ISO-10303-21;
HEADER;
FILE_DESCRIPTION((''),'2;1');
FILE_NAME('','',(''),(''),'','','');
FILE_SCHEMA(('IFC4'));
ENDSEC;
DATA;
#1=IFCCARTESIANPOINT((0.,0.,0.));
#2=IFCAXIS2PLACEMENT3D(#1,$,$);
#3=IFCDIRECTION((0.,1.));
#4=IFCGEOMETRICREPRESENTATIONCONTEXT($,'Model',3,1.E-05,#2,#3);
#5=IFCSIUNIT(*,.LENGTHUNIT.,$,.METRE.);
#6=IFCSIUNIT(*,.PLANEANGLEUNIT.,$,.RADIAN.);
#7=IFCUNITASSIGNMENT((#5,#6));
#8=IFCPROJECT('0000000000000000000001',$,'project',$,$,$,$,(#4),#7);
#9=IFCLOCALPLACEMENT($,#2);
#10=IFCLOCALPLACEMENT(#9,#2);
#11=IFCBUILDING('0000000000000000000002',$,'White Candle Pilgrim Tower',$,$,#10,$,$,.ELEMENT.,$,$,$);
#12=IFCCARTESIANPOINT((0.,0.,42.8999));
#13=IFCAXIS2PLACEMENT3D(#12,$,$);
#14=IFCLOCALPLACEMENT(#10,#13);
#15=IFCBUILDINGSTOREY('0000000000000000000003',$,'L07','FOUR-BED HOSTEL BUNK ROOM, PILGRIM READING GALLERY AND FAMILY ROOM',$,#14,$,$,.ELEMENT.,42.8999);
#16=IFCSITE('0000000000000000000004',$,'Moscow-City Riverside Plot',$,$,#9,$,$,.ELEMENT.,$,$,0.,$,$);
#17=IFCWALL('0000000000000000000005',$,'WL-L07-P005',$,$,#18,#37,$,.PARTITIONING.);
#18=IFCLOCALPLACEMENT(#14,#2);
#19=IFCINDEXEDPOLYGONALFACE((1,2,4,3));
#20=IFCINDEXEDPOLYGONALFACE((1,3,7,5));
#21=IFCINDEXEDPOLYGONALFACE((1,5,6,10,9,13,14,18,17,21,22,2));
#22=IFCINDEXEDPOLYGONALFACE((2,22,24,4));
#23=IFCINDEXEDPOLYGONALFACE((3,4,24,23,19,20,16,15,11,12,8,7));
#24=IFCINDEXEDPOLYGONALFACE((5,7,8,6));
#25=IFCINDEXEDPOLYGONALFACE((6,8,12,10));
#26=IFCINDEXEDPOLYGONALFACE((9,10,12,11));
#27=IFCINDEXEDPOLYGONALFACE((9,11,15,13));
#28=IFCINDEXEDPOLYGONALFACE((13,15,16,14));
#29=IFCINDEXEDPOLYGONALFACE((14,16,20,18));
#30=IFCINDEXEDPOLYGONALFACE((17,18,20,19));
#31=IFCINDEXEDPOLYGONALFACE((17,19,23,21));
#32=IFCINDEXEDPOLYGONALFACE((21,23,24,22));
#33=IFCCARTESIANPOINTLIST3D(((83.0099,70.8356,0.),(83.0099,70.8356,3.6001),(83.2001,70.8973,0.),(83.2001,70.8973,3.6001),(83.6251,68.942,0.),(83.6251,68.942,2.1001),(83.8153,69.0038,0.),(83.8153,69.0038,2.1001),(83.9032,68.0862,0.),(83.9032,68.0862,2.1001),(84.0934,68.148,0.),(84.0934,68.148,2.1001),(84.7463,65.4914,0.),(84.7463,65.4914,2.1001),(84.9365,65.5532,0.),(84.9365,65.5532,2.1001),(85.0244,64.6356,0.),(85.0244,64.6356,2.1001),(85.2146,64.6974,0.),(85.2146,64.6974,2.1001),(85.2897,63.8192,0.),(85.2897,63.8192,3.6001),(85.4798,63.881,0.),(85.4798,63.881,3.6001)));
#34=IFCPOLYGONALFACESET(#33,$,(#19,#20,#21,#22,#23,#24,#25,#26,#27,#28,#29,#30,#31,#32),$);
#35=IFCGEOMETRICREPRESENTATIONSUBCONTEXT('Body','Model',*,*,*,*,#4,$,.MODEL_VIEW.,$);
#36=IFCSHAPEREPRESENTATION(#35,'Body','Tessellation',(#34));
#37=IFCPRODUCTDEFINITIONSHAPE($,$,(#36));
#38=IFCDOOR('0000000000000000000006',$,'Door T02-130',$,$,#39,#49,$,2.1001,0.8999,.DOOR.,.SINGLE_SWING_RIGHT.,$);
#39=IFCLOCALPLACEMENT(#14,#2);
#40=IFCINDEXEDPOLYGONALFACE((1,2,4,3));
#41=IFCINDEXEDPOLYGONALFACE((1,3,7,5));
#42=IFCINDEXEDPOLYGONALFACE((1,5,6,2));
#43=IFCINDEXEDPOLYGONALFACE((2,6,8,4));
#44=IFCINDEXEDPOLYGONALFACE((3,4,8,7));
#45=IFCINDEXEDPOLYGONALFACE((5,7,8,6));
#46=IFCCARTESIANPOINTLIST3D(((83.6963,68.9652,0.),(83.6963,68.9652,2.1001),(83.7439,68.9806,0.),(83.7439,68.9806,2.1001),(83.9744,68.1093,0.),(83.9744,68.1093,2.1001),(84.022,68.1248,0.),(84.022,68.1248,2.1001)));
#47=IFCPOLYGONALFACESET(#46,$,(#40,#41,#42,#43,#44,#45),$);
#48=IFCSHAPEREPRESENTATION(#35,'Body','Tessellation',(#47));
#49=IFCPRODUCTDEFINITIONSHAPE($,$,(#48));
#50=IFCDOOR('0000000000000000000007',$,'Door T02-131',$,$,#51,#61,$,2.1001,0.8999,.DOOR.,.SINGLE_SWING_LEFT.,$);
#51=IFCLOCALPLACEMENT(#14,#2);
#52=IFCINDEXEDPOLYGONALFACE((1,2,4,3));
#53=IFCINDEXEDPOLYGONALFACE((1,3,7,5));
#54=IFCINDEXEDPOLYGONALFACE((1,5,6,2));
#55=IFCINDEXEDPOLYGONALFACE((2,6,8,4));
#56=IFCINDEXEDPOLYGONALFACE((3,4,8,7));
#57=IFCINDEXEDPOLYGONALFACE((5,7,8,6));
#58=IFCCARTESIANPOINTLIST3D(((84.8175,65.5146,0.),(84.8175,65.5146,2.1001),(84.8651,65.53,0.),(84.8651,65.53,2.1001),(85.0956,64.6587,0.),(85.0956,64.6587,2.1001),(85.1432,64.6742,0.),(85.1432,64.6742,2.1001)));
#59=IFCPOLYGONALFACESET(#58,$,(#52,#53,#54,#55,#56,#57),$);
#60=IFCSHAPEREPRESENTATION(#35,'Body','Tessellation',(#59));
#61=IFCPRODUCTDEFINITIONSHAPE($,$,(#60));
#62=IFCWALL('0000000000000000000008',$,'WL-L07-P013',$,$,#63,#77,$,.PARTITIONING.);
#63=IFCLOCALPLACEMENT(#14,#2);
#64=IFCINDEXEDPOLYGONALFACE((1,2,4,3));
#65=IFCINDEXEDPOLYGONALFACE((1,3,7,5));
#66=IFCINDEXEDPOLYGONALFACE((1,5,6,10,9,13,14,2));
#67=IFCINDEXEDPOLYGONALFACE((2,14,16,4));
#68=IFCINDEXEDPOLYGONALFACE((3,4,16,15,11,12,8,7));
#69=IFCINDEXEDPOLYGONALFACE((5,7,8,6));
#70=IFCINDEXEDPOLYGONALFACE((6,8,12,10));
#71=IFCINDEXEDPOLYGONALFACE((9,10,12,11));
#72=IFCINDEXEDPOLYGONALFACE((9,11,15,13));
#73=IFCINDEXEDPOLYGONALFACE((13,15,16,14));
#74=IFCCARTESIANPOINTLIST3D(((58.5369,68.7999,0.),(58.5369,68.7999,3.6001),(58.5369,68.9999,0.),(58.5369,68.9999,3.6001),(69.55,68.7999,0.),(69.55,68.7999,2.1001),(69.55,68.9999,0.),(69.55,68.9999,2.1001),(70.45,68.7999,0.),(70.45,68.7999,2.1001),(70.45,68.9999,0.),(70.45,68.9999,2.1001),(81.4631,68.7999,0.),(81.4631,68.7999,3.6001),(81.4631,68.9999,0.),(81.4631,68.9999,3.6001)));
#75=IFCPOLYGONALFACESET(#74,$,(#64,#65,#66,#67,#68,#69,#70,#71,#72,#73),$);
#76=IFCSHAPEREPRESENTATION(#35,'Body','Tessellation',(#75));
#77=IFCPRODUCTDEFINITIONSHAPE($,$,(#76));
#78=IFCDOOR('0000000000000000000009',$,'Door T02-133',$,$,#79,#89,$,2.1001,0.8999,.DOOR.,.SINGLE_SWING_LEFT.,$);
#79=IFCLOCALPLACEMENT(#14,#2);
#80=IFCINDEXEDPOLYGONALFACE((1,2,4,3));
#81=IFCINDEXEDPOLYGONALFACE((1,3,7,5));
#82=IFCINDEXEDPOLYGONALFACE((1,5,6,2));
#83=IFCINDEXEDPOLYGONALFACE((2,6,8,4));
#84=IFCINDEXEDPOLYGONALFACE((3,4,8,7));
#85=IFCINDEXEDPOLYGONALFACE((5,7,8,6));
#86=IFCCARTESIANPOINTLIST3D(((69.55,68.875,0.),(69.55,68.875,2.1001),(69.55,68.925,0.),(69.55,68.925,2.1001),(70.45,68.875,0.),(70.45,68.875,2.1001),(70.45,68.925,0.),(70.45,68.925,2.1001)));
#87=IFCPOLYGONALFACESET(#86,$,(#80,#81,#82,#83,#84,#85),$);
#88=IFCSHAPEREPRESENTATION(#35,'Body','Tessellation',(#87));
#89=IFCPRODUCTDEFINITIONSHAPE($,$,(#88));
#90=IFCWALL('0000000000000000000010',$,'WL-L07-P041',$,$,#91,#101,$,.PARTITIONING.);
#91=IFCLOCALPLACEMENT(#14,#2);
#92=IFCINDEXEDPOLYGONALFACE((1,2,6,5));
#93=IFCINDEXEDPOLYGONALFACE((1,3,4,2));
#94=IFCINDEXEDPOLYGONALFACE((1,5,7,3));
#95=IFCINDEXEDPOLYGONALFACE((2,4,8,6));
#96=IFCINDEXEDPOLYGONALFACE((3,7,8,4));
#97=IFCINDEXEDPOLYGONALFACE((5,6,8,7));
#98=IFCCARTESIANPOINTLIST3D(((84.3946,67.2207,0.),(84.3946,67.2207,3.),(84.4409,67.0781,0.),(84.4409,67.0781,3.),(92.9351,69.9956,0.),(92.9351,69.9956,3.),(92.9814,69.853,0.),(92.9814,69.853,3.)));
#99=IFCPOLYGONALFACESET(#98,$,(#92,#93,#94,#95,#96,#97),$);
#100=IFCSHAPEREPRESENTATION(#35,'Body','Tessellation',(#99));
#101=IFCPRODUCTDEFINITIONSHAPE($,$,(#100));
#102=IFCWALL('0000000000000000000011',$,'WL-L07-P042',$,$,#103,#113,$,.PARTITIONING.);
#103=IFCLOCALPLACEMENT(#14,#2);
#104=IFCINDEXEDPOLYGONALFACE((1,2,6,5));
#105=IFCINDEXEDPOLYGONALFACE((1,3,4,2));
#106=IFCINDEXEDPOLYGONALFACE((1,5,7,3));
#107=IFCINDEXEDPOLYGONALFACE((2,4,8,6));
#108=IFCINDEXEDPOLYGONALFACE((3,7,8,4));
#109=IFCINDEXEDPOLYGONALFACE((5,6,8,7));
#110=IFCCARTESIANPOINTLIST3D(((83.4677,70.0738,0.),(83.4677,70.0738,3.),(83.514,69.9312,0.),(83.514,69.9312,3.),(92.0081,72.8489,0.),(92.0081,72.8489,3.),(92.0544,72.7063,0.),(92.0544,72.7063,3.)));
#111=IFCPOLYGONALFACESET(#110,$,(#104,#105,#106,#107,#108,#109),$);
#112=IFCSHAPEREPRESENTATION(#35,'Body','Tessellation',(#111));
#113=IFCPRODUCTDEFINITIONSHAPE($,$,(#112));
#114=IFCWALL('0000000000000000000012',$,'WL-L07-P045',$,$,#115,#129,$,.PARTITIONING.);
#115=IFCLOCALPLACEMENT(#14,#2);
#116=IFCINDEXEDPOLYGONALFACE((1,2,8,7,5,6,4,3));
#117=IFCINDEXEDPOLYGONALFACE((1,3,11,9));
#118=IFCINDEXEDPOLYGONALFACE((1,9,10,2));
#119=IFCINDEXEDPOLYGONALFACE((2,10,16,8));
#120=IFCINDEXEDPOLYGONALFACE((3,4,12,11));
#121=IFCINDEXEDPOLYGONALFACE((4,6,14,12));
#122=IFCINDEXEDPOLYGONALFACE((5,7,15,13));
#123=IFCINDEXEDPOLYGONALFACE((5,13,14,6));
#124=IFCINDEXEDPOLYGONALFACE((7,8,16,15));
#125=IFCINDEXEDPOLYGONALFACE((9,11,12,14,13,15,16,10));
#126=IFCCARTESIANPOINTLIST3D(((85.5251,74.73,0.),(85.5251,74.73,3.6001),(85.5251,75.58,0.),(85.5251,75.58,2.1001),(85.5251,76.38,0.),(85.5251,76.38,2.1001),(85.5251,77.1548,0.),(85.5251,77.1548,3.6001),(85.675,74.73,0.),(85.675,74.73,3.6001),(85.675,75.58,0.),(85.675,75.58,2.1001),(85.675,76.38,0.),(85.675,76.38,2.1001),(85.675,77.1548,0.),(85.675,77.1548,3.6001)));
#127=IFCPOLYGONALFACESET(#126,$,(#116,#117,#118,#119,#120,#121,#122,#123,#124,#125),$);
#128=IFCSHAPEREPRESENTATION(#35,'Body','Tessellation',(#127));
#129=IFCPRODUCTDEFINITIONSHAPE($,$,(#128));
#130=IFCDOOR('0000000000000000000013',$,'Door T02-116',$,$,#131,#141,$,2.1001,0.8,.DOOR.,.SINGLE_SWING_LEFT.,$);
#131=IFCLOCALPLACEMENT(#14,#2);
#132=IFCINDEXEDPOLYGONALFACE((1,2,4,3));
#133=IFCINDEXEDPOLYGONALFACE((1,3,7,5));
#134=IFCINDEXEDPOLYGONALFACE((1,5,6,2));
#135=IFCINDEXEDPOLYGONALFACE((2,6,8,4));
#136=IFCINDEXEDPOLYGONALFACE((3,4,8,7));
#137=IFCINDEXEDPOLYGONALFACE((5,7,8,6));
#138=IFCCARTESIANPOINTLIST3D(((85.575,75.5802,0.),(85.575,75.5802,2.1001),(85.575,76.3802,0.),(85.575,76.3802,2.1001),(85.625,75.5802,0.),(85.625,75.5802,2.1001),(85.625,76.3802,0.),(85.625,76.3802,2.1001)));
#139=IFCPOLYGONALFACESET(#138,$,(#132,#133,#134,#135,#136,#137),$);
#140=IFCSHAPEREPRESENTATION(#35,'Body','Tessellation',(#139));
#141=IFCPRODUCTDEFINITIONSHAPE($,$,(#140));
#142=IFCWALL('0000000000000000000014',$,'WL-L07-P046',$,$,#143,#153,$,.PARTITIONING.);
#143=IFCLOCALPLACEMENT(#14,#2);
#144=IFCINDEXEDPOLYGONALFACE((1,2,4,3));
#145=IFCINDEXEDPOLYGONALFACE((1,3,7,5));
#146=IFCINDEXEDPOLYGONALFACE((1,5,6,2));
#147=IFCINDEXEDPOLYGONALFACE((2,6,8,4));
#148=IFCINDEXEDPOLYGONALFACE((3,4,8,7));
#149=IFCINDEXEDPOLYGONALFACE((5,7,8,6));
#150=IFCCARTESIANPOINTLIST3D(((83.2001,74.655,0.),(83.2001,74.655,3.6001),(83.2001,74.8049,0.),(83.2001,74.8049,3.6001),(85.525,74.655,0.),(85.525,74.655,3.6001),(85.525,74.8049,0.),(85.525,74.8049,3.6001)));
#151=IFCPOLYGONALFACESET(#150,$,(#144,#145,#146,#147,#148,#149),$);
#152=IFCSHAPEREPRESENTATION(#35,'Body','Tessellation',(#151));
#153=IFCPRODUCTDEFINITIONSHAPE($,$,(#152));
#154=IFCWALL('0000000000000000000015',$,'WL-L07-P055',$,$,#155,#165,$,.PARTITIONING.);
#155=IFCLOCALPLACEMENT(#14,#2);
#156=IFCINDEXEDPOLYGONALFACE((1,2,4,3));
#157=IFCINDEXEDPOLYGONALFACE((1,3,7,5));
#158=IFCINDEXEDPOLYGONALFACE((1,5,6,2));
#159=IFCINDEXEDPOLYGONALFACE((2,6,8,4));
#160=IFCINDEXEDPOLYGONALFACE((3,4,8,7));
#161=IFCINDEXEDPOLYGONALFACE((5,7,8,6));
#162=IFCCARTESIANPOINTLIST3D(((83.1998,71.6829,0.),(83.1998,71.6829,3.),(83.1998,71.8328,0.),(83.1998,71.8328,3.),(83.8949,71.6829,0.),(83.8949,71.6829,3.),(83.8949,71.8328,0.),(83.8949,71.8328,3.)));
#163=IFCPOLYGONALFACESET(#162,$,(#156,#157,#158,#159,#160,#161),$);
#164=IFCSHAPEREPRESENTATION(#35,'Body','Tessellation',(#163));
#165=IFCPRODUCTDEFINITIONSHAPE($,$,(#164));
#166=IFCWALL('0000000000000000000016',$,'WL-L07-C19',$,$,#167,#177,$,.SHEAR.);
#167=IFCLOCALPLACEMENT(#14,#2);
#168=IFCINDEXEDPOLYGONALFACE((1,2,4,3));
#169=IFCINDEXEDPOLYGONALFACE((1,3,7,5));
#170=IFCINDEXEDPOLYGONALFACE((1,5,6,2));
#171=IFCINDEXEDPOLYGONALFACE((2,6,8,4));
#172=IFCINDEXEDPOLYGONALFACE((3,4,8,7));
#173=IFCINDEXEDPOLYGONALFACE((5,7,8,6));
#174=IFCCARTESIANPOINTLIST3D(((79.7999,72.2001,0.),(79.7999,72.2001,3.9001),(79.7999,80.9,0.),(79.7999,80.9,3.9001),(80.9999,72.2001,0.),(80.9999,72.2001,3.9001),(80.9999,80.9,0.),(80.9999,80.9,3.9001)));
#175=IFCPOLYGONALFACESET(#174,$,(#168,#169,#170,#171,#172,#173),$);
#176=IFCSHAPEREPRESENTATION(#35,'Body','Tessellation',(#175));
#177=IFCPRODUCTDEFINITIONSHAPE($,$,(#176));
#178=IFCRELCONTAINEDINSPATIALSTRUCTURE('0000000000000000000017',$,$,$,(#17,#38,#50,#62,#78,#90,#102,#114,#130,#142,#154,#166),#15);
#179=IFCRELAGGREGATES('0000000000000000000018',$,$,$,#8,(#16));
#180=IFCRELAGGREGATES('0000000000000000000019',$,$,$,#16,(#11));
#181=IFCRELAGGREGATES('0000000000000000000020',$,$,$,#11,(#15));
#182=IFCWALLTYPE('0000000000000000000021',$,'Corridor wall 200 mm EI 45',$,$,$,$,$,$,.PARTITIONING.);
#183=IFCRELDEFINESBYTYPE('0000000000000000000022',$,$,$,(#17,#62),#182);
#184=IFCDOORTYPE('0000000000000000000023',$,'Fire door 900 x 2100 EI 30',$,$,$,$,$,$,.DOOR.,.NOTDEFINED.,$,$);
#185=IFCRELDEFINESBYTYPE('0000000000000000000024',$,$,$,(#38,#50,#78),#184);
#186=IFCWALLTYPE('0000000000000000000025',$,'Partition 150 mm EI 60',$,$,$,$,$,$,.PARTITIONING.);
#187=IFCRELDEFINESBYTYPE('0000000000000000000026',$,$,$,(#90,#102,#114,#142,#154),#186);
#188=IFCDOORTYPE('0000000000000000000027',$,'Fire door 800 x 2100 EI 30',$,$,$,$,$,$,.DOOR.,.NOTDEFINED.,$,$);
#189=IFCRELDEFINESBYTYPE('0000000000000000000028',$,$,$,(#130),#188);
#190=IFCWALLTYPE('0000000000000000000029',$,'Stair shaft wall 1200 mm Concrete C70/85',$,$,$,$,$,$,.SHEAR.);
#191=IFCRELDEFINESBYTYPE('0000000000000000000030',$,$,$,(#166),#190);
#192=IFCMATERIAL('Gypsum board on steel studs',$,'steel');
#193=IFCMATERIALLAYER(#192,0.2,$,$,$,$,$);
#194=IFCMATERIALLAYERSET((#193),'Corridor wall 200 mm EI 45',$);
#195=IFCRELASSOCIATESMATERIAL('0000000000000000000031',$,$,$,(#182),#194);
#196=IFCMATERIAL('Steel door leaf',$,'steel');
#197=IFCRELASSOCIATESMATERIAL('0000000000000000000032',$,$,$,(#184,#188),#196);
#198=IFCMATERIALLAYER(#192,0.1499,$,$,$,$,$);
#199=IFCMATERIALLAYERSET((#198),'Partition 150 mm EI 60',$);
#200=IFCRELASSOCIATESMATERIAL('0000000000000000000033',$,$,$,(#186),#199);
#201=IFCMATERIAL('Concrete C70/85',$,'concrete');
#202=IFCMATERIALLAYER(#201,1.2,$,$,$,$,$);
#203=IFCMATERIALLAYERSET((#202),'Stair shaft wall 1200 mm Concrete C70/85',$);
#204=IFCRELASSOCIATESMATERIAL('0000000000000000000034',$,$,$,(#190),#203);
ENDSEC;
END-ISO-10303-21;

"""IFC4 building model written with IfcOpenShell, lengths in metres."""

from ifc_helpers import new_model, si_unit, direction, frame, frame_2d, origin, place, context, subcontext, project, spatial, rectangle, extrude, material, layer, layer_set, type_object, element, fill, save


model = new_model("IFC4")

# Units and contexts
model_context = context("Model", 3, precision=1e-05, world=origin(), true_north=direction((0.0, 1.0)))
body_context = subcontext(model_context, "Body", "Model", "MODEL_VIEW")
ifc_project = project(units=[si_unit("LENGTHUNIT", "METRE"), si_unit("PLANEANGLEUNIT", "RADIAN")], contexts=[model_context])

# Site, building, storey
site_placement = place(None, origin())
site = spatial("IfcSite", under=ifc_project, at=site_placement, Name="Moscow-City Riverside Plot", CompositionType="ELEMENT", RefElevation=0.0)
building_placement = place(site_placement, origin())
building = spatial("IfcBuilding", under=site, at=building_placement, Name="White Candle Pilgrim Tower", CompositionType="ELEMENT")
storey_placement = place(building_placement, frame((0.0, 0.0, 42.8999)))
storey = spatial("IfcBuildingStorey", under=building, at=storey_placement, Name="L07", Description="FOUR-BED HOSTEL BUNK ROOM, PILGRIM READING GALLERY AND FAMILY ROOM", CompositionType="ELEMENT", Elevation=42.8999)

# Wall, openings, doors
ifc_material_1 = material(Name="Gypsum board on steel studs", Category="steel")
ifc_layer_1 = layer(ifc_material_1, 0.2)
ifc_layer_set_1 = layer_set([ifc_layer_1], Name="Corridor wall 200 mm EI 45")
wall_type_1 = type_object("IfcWallType", Name="Corridor wall 200 mm EI 45", PredefinedType="PARTITIONING", material=ifc_layer_set_1)
wall_1_placement = place(storey_placement, frame((83.105, 70.8665, 0.0), z_axis=(0.0, 0.0, 1.0), x_axis=(0.309021, -0.951055, 0.0)))
wall_1 = element("IfcWall", 1, at=wall_1_placement, inside=storey, type_object=wall_type_1, Name="WL-L07-P005", PredefinedType="PARTITIONING", context=body_context, shape_type="SweptSolid", body=[
    extrude(rectangle(XDim=7.3774, YDim=0.2, at=frame_2d((3.6887, 0.0))), origin(), (0.0, 0.0, 1.0), 3.6001),
])
opening_1_placement = place(wall_1_placement, frame((1.991, 0.0, 0.0)))
opening_1 = element("IfcOpeningElement", 2, at=opening_1_placement, cuts=wall_1, PredefinedType="OPENING", context=body_context, shape_type="SweptSolid", body=[
    extrude(rectangle(XDim=0.8999, YDim=2.1001, at=frame_2d((0.45, 1.05))), frame((0.0, 0.1099, 0.0), z_axis=(0.0, -1.0, 0.0), x_axis=(1.0, 0.0, 0.0)), (0.0, 0.0, 1.0), 0.22),
])
opening_2_placement = place(wall_1_placement, frame((5.6191, 0.0, 0.0)))
opening_2 = element("IfcOpeningElement", 3, at=opening_2_placement, cuts=wall_1, PredefinedType="OPENING", context=body_context, shape_type="SweptSolid", body=[
    extrude(rectangle(XDim=0.8999, YDim=2.1001, at=frame_2d((0.45, 1.05))), frame((0.0, 0.1099, 0.0), z_axis=(0.0, -1.0, 0.0), x_axis=(1.0, 0.0, 0.0)), (0.0, 0.0, 1.0), 0.22),
])
ifc_material_2 = material(Name="Steel door leaf", Category="steel")
door_type_1 = type_object("IfcDoorType", Name="Fire door 900 x 2100 EI 30", OperationType="NOTDEFINED", PredefinedType="DOOR", material=ifc_material_2)
door_1_placement = place(opening_1_placement, origin())
door_1 = element("IfcDoor", 4, at=door_1_placement, inside=storey, type_object=door_type_1, Name="Door T02-130", OperationType="SINGLE_SWING_RIGHT", OverallHeight=2.1001, OverallWidth=0.8999, PredefinedType="DOOR", context=body_context, shape_type="SweptSolid", body=[
    extrude(rectangle(XDim=0.8999, YDim=2.1001, at=frame_2d((0.45, 1.05))), frame((0.0, 0.0249, 0.0), z_axis=(0.0, -1.0, 0.0), x_axis=(1.0, 0.0, 0.0)), (0.0, 0.0, 1.0), 0.05),
])
fill(opening_1, door_1)
door_2_placement = place(opening_2_placement, origin())
door_2 = element("IfcDoor", 5, at=door_2_placement, inside=storey, type_object=door_type_1, Name="Door T02-131", OperationType="SINGLE_SWING_LEFT", OverallHeight=2.1001, OverallWidth=0.8999, PredefinedType="DOOR", context=body_context, shape_type="SweptSolid", body=[
    extrude(rectangle(XDim=0.8999, YDim=2.1001, at=frame_2d((0.45, 1.05))), frame((0.0, 0.0249, 0.0), z_axis=(0.0, -1.0, 0.0), x_axis=(1.0, 0.0, 0.0)), (0.0, 0.0, 1.0), 0.05),
])
fill(opening_2, door_2)

# Wall, opening, door
wall_2_placement = place(storey_placement, frame((81.4631, 68.8999, 0.0), z_axis=(0.0, 0.0, 1.0), x_axis=(-1.0, 0.0, 0.0)))
wall_2 = element("IfcWall", 6, at=wall_2_placement, inside=storey, type_object=wall_type_1, Name="WL-L07-P013", PredefinedType="PARTITIONING", context=body_context, shape_type="SweptSolid", body=[
    extrude(rectangle(XDim=22.9263, YDim=0.2, at=frame_2d((11.4631, 0.0))), origin(), (0.0, 0.0, 1.0), 3.6001),
])
opening_3_placement = place(wall_2_placement, frame((11.0132, 0.0, 0.0)))
opening_3 = element("IfcOpeningElement", 7, at=opening_3_placement, cuts=wall_2, PredefinedType="OPENING", context=body_context, shape_type="SweptSolid", body=[
    extrude(rectangle(XDim=0.8999, YDim=2.1001, at=frame_2d((0.45, 1.05))), frame((0.0, 0.1099, 0.0), z_axis=(0.0, -1.0, 0.0), x_axis=(1.0, 0.0, 0.0)), (0.0, 0.0, 1.0), 0.22),
])
door_3_placement = place(opening_3_placement, origin())
door_3 = element("IfcDoor", 8, at=door_3_placement, inside=storey, type_object=door_type_1, Name="Door T02-133", OperationType="SINGLE_SWING_LEFT", OverallHeight=2.1001, OverallWidth=0.8999, PredefinedType="DOOR", context=body_context, shape_type="SweptSolid", body=[
    extrude(rectangle(XDim=0.8999, YDim=2.1001, at=frame_2d((0.45, 1.05))), frame((0.0, 0.0249, 0.0), z_axis=(0.0, -1.0, 0.0), x_axis=(1.0, 0.0, 0.0)), (0.0, 0.0, 1.0), 0.05),
])
fill(opening_3, door_3)

# Walls
ifc_layer_2 = layer(ifc_material_1, 0.1499)
ifc_layer_set_2 = layer_set([ifc_layer_2], Name="Partition 150 mm EI 60")
wall_type_2 = type_object("IfcWallType", Name="Partition 150 mm EI 60", PredefinedType="PARTITIONING", material=ifc_layer_set_2)
for number, where, z_axis, x_axis, name in (
    (9, (92.9583, 69.9243, 0.0), (0.0, 0.0, 1.0), (-0.951059, -0.309009, 0.0), "WL-L07-P041"),
    (10, (92.0312, 72.7776, 0.0), (0.0, 0.0, 1.0), (-0.951051, -0.309033, 0.0), "WL-L07-P042"),
):
    element("IfcWall", number, at=place(storey_placement, frame(where, z_axis=z_axis, x_axis=x_axis)), inside=storey, type_object=wall_type_2, Name=name, PredefinedType="PARTITIONING", context=body_context, shape_type="SweptSolid", body=[
        extrude(rectangle(XDim=8.98, YDim=0.1499, at=frame_2d((4.49, 0.0))), origin(), (0.0, 0.0, 1.0), 3.0),
    ])

# Wall, opening, door
wall_3_placement = place(storey_placement, frame((85.6001, 74.73, 0.0), z_axis=(0.0, 0.0, 1.0), x_axis=(0.0, 1.0, 0.0)))
wall_3 = element("IfcWall", 11, at=wall_3_placement, inside=storey, type_object=wall_type_2, Name="WL-L07-P045", PredefinedType="PARTITIONING", context=body_context, shape_type="SweptSolid", body=[
    extrude(rectangle(XDim=2.4248, YDim=0.1499, at=frame_2d((1.2124, 0.0))), origin(), (0.0, 0.0, 1.0), 3.6001),
])
opening_4_placement = place(wall_3_placement, frame((0.8501, 0.0, 0.0)))
opening_4 = element("IfcOpeningElement", 12, at=opening_4_placement, cuts=wall_3, PredefinedType="OPENING", context=body_context, shape_type="SweptSolid", body=[
    extrude(rectangle(XDim=0.8, YDim=2.1001, at=frame_2d((0.3999, 1.05))), frame((0.0, 0.085, 0.0), z_axis=(0.0, -1.0, 0.0), x_axis=(1.0, 0.0, 0.0)), (0.0, 0.0, 1.0), 0.1699),
])
door_type_2 = type_object("IfcDoorType", Name="Fire door 800 x 2100 EI 30", OperationType="NOTDEFINED", PredefinedType="DOOR", material=ifc_material_2)
door_4_placement = place(opening_4_placement, frame((0.8, 0.0, 0.0), z_axis=(0.0, 0.0, 1.0), x_axis=(-1.0, 0.0, 0.0)))
door_4 = element("IfcDoor", 13, at=door_4_placement, inside=storey, type_object=door_type_2, Name="Door T02-116", OperationType="SINGLE_SWING_LEFT", OverallHeight=2.1001, OverallWidth=0.8, PredefinedType="DOOR", context=body_context, shape_type="SweptSolid", body=[
    extrude(rectangle(XDim=0.8, YDim=2.1001, at=frame_2d((0.3999, 1.05))), frame((0.0, 0.0249, 0.0), z_axis=(0.0, -1.0, 0.0), x_axis=(1.0, 0.0, 0.0)), (0.0, 0.0, 1.0), 0.05),
])
fill(opening_4, door_4)

# Walls
wall_4_placement = place(storey_placement, frame((83.2, 74.73, 0.0), z_axis=(0.0, 0.0, 1.0), x_axis=(1.0, 0.0, 0.0)))
element("IfcWall", 14, at=wall_4_placement, inside=storey, type_object=wall_type_2, Name="WL-L07-P046", PredefinedType="PARTITIONING", context=body_context, shape_type="SweptSolid", body=[
    extrude(rectangle(XDim=2.325, YDim=0.1499, at=frame_2d((1.1626, 0.0))), origin(), (0.0, 0.0, 1.0), 3.6001),
])
wall_5_placement = place(storey_placement, frame((83.895, 71.7578, 0.0), z_axis=(0.0, 0.0, 1.0), x_axis=(-1.0, 0.0, 0.0)))
element("IfcWall", 15, at=wall_5_placement, inside=storey, type_object=wall_type_2, Name="WL-L07-P055", PredefinedType="PARTITIONING", context=body_context, shape_type="SweptSolid", body=[
    extrude(rectangle(XDim=0.6951, YDim=0.1499, at=frame_2d((0.3477, 0.0))), origin(), (0.0, 0.0, 1.0), 3.0),
])
ifc_material_3 = material(Name="Concrete C70/85", Category="concrete")
ifc_layer_3 = layer(ifc_material_3, 1.2)
ifc_layer_set_3 = layer_set([ifc_layer_3], Name="Stair shaft wall 1200 mm Concrete C70/85")
wall_type_3 = type_object("IfcWallType", Name="Stair shaft wall 1200 mm Concrete C70/85", PredefinedType="SHEAR", material=ifc_layer_set_3)
wall_6_placement = place(storey_placement, frame((80.3999, 72.2, 0.0), z_axis=(0.0, 0.0, 1.0), x_axis=(0.0, 1.0, 0.0)))
element("IfcWall", 16, at=wall_6_placement, inside=storey, type_object=wall_type_3, Name="WL-L07-C19", PredefinedType="SHEAR", context=body_context, shape_type="SweptSolid", body=[
    extrude(rectangle(XDim=8.7, YDim=1.2, at=frame_2d((4.3501, 0.0))), origin(), (0.0, 0.0, 1.0), 3.9001),
])

save(model, "model.ifc")
